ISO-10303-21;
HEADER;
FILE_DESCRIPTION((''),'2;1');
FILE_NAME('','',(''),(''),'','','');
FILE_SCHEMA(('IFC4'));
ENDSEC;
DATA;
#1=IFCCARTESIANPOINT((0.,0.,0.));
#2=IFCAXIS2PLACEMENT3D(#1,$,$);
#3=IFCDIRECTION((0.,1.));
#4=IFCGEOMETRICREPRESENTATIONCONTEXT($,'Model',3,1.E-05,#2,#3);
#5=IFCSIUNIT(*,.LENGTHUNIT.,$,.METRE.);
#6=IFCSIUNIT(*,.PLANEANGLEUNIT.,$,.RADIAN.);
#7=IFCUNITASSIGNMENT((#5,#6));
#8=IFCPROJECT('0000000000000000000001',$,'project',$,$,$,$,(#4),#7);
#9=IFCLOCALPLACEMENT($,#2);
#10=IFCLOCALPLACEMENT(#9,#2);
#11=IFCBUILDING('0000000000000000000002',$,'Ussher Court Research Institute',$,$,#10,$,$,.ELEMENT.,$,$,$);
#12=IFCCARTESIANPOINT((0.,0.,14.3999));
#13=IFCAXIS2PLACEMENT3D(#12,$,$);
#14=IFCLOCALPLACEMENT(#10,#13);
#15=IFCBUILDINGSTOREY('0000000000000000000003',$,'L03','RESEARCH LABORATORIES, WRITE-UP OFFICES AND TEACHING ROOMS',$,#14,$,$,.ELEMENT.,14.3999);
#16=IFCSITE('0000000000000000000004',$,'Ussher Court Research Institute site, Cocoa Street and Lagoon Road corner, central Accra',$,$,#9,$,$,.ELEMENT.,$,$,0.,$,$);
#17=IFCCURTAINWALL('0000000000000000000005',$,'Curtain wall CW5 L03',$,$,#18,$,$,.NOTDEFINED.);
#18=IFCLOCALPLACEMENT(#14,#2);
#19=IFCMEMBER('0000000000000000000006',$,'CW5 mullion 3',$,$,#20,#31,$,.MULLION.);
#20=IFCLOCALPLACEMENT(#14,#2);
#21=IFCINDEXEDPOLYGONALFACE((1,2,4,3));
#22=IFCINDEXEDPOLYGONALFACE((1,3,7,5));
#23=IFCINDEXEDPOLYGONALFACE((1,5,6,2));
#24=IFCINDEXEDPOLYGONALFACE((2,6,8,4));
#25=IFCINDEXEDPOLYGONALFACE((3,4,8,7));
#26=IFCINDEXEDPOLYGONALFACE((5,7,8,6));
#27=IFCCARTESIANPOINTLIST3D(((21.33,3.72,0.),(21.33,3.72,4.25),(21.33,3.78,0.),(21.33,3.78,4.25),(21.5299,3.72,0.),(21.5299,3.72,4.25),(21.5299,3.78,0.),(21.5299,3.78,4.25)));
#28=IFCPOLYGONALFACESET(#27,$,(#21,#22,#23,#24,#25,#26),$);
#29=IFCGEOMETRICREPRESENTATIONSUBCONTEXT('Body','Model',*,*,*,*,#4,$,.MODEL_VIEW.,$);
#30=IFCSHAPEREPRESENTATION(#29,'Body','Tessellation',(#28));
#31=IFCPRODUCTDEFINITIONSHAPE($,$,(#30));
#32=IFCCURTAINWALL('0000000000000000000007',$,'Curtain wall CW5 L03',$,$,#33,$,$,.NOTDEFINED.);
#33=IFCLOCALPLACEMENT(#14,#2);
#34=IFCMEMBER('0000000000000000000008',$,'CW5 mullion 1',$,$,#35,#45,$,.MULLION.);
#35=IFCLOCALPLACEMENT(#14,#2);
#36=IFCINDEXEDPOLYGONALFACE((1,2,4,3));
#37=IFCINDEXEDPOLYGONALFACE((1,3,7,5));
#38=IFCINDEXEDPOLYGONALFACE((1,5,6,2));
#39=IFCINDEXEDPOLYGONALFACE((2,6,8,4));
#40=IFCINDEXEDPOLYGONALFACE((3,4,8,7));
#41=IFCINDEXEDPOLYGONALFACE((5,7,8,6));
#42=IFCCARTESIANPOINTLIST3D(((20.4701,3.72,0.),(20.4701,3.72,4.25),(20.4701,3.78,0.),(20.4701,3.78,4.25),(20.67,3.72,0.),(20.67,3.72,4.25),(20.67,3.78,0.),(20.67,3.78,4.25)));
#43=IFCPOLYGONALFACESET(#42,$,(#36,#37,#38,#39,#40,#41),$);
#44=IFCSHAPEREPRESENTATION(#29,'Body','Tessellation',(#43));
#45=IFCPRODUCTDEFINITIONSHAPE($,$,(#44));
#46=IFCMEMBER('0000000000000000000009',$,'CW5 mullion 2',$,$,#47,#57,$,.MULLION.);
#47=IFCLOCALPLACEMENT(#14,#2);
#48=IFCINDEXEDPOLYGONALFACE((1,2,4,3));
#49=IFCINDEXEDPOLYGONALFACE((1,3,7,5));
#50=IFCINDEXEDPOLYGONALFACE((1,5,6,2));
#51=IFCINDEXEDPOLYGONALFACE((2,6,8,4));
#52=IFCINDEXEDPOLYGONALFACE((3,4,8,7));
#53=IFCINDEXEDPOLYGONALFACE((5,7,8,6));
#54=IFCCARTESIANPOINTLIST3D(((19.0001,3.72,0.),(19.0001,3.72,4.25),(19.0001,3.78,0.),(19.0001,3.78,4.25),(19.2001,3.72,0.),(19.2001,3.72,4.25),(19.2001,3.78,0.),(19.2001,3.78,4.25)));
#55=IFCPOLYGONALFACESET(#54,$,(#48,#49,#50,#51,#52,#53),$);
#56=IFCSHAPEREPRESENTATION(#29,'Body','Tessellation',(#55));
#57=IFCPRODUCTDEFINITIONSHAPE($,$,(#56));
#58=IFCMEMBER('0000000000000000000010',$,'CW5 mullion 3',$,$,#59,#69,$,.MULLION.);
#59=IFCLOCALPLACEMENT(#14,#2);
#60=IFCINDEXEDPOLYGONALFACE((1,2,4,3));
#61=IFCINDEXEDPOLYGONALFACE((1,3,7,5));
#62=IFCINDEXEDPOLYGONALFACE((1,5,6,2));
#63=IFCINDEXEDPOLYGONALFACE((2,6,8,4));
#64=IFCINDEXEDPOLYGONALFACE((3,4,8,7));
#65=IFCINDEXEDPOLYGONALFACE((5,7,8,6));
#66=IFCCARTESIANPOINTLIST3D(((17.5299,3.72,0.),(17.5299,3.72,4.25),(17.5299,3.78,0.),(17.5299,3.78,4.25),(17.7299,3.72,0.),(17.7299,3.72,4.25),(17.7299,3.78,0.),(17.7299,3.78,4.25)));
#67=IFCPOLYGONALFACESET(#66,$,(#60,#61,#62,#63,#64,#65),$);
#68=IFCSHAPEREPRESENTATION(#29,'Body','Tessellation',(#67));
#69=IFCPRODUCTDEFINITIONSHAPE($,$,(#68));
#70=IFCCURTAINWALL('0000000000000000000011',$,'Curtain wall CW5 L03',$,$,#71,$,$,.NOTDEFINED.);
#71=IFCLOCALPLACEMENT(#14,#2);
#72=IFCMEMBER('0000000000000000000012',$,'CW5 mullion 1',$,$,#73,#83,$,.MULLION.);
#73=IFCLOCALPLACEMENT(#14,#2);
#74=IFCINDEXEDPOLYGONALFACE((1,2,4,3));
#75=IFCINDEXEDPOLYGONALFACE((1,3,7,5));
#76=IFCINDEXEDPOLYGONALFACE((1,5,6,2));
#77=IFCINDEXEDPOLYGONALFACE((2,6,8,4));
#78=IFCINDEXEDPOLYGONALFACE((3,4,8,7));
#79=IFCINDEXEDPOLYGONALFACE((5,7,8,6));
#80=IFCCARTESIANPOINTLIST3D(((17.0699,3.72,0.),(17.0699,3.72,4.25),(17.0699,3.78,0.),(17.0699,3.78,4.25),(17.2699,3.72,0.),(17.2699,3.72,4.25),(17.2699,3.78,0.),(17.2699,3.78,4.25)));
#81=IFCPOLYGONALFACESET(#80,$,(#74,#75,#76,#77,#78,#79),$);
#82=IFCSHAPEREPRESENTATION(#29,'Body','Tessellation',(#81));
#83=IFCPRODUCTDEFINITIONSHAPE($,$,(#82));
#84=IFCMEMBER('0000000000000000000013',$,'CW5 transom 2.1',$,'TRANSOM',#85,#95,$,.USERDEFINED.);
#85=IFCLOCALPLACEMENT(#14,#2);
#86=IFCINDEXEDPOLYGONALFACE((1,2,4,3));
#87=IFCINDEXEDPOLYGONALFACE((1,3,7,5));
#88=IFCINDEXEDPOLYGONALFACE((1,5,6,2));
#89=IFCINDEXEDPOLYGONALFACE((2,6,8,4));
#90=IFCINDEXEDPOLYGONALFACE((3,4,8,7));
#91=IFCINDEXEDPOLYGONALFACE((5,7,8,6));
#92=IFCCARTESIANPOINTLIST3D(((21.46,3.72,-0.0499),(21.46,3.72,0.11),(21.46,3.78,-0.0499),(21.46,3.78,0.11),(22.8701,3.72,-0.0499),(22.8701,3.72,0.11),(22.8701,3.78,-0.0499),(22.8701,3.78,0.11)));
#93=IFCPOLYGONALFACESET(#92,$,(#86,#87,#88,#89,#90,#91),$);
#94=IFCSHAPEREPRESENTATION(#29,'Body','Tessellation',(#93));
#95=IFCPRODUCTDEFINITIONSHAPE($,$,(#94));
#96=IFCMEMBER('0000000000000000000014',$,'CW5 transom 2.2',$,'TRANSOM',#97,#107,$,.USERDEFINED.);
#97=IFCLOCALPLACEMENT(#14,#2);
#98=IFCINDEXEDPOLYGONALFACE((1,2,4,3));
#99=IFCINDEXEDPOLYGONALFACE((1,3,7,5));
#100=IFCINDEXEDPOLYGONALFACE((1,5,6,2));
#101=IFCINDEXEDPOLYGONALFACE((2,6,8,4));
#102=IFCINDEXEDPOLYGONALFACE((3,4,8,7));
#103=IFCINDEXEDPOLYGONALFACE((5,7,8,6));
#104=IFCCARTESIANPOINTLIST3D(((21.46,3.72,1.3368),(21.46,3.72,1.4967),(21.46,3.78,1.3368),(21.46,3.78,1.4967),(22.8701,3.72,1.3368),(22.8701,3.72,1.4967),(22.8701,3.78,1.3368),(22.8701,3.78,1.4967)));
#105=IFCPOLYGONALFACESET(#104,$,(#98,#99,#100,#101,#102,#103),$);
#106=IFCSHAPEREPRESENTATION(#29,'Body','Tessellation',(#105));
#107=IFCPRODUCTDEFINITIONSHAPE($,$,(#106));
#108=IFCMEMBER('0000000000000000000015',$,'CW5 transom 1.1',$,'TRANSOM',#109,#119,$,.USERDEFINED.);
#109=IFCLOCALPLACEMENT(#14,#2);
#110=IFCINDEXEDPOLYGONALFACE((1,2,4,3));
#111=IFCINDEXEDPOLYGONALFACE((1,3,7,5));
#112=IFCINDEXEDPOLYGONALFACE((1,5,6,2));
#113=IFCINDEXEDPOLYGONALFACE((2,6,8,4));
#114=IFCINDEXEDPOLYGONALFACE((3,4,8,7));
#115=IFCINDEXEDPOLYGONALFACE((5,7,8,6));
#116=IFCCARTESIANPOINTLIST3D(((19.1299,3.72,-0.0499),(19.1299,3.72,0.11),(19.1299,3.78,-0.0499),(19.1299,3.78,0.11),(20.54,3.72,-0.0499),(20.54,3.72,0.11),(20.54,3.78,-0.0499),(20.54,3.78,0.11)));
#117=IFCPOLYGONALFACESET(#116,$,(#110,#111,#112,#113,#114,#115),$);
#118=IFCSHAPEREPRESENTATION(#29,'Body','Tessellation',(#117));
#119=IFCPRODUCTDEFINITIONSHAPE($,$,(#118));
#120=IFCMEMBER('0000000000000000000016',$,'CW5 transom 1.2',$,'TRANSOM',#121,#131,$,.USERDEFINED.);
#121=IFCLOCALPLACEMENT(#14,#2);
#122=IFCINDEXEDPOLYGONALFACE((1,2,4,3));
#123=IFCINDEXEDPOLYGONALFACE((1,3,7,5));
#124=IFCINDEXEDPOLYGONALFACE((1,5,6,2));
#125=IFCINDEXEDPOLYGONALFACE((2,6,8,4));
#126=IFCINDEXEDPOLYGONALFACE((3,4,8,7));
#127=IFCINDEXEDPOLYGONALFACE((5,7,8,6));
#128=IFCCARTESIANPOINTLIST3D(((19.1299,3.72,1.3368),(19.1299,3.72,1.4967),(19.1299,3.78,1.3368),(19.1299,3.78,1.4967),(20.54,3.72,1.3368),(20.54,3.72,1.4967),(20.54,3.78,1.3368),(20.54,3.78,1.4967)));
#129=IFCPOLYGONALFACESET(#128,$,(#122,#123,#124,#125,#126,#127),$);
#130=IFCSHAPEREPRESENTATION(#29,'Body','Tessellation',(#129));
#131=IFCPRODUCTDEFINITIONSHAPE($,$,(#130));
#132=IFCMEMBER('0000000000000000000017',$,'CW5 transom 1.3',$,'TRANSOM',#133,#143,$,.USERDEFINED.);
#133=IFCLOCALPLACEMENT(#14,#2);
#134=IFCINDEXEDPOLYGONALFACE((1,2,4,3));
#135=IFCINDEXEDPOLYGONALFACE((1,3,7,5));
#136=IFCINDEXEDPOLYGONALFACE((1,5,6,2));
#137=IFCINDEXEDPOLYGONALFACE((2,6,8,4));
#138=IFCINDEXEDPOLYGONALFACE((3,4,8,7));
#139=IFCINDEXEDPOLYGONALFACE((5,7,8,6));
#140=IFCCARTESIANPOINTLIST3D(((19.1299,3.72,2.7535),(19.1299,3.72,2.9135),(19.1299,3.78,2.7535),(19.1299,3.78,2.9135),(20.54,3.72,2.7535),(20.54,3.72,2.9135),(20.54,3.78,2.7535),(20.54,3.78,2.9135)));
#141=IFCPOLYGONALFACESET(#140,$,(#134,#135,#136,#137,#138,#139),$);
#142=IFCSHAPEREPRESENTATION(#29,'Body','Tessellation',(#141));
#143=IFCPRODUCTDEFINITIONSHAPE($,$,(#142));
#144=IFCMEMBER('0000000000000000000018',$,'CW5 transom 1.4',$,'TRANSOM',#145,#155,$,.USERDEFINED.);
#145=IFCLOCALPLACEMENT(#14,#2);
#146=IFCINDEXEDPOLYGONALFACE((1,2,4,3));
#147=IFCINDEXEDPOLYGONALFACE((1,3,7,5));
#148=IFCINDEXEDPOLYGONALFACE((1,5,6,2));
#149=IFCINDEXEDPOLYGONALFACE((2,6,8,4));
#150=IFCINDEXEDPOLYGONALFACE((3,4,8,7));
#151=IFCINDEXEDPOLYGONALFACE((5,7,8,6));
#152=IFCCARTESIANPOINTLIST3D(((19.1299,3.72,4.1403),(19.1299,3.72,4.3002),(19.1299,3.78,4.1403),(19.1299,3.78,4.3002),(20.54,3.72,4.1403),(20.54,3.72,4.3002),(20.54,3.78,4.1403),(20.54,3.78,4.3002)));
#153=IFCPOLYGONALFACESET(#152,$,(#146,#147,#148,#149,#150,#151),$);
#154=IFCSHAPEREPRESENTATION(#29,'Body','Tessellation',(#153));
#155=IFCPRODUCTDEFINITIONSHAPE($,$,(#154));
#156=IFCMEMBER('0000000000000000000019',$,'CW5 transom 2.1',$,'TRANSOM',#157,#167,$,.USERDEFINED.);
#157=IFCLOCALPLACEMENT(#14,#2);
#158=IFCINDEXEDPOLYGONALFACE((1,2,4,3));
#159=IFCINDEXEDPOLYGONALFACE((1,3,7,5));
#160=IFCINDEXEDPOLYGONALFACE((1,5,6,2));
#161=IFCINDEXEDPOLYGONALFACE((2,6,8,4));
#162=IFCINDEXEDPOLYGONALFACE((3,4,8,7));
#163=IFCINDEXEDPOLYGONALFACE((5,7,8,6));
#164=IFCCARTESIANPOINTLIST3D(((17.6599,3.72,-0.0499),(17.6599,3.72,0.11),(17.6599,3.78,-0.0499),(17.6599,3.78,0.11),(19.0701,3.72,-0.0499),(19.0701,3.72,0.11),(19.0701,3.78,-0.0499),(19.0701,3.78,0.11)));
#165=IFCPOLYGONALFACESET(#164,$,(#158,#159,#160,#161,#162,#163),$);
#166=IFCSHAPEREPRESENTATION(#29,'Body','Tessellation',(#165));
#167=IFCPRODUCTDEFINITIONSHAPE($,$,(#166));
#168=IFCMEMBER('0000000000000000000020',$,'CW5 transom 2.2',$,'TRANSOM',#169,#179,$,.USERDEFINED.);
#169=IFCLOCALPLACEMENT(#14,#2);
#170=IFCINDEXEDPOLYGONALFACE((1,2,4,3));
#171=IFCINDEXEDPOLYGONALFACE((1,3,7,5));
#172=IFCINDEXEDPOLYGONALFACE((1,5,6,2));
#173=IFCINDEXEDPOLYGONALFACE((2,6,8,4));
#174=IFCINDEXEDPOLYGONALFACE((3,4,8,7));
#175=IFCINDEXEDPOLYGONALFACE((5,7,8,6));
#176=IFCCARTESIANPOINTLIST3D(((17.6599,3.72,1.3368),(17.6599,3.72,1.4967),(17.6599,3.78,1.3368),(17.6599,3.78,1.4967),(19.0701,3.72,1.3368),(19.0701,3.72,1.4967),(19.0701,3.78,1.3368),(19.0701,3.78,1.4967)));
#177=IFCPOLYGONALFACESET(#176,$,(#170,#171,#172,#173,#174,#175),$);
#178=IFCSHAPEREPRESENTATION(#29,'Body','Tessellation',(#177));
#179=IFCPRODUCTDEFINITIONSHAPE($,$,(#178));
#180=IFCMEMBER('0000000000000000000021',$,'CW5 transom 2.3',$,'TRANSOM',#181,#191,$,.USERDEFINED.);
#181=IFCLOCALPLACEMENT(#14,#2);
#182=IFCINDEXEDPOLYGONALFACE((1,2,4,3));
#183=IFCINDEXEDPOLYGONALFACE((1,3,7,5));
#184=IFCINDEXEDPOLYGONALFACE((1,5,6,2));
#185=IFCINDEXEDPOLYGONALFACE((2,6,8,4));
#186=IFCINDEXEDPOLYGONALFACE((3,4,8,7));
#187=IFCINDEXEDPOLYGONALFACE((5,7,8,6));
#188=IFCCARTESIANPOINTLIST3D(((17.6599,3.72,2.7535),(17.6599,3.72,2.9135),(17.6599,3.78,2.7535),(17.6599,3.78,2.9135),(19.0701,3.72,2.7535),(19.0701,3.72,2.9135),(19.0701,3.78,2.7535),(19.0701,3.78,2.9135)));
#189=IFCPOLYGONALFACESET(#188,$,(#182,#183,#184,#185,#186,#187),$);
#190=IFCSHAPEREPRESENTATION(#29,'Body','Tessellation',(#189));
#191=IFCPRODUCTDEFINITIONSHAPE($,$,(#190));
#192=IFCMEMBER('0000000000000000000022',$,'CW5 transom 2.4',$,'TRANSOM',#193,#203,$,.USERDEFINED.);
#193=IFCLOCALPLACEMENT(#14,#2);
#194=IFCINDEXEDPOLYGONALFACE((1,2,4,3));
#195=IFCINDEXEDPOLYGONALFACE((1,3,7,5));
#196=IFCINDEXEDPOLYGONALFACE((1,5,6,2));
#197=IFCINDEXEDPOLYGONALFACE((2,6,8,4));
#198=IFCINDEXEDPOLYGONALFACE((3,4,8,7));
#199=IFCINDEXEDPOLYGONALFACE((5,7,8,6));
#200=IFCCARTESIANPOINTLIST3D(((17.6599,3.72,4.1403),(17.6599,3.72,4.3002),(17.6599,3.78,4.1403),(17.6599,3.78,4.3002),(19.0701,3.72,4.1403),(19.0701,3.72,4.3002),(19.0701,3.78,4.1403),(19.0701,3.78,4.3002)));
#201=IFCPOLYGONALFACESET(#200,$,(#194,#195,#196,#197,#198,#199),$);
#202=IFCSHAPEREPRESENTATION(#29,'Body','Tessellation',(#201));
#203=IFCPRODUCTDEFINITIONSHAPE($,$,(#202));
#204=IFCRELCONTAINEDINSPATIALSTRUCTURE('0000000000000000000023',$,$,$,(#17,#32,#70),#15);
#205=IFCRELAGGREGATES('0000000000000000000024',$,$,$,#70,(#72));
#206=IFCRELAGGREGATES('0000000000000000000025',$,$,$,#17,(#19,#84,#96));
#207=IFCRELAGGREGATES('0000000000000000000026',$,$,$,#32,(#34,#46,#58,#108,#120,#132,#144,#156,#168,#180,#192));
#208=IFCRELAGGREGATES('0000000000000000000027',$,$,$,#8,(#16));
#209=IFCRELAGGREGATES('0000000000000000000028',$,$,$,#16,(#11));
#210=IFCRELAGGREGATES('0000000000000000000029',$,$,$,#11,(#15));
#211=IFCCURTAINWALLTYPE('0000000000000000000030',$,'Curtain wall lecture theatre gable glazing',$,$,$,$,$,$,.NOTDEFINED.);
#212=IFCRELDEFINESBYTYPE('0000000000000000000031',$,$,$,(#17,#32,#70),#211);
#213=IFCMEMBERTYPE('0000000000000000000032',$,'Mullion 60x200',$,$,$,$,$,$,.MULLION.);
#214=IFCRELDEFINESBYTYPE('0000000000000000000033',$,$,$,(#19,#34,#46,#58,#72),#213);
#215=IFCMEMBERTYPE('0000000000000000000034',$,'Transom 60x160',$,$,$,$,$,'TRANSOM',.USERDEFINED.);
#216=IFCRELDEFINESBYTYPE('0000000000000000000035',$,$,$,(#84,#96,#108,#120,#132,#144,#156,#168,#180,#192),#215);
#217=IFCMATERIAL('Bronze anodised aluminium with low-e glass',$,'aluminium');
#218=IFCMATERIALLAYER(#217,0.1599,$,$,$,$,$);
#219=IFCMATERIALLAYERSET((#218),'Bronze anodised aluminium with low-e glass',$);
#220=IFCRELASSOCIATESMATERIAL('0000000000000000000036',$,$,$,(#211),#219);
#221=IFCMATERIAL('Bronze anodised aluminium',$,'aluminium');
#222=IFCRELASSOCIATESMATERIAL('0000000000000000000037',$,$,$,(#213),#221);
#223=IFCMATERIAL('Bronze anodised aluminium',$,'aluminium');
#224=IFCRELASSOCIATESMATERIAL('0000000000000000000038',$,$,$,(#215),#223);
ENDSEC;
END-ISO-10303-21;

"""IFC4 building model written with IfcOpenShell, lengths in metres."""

from ifc_helpers import new_model, si_unit, direction, frame, origin, origin_2d, place, context, subcontext, project, spatial, rectangle, extrude, material, layer, layer_set, material_profile, profile_set, type_object, element, aggregate, save


model = new_model("IFC4")

# Units and contexts
model_context = context("Model", 3, precision=1e-05, world=origin(), true_north=direction((0.0, 1.0)))
body_context = subcontext(model_context, "Body", "Model", "MODEL_VIEW")
ifc_project = project(units=[si_unit("LENGTHUNIT", "METRE"), si_unit("PLANEANGLEUNIT", "RADIAN")], contexts=[model_context])

# Site, building, storey
site_placement = place(None, origin())
site = spatial("IfcSite", under=ifc_project, at=site_placement, Name="Ussher Court Research Institute site, Cocoa Street and Lagoon Road corner, central Accra", CompositionType="ELEMENT", RefElevation=0.0)
building_placement = place(site_placement, origin())
building = spatial("IfcBuilding", under=site, at=building_placement, Name="Ussher Court Research Institute", CompositionType="ELEMENT")
storey_placement = place(building_placement, frame((0.0, 0.0, 14.3999)))
storey = spatial("IfcBuildingStorey", under=building, at=storey_placement, Name="L03", Description="RESEARCH LABORATORIES, WRITE-UP OFFICES AND TEACHING ROOMS", CompositionType="ELEMENT", Elevation=14.3999)

# Curtain wall, member
ifc_material_1 = material(Name="Bronze anodised aluminium with low-e glass", Category="aluminium")
ifc_layer_1 = layer(ifc_material_1, 0.1599)
ifc_layer_set_1 = layer_set([ifc_layer_1], Name="Bronze anodised aluminium with low-e glass")
curtain_wall_type = type_object("IfcCurtainWallType", Name="Curtain wall lecture theatre gable glazing", PredefinedType="NOTDEFINED", material=ifc_layer_set_1)
curtain_wall_1_placement = place(storey_placement, origin())
curtain_wall_1 = element("IfcCurtainWall", 1, at=curtain_wall_1_placement, inside=storey, type_object=curtain_wall_type, Name="Curtain wall CW5 L03", PredefinedType="NOTDEFINED")
ifc_material_2 = material(Name="Bronze anodised aluminium", Category="aluminium")
ifc_material_profile_1 = material_profile(ifc_material_2, rectangle(XDim=0.0601, YDim=0.2, at=origin_2d()), Name="Mullion 60x200")
ifc_profile_set_1 = profile_set([ifc_material_profile_1], Name="Bronze anodised aluminium")
member_type_1 = type_object("IfcMemberType", Name="Mullion 60x200", PredefinedType="MULLION", material=ifc_profile_set_1)
member_1_placement = place(storey_placement, frame((21.4299, 3.75, 0.0), z_axis=(0.0, 0.0, 1.0), x_axis=(0.0, -1.0, 0.0)))
member_1 = element("IfcMember", 2, at=member_1_placement, type_object=member_type_1, Name="CW5 mullion 3", PredefinedType="MULLION", context=body_context, shape_type="SweptSolid", body=[
    extrude(rectangle(XDim=0.0601, YDim=0.2, at=origin_2d()), origin(), (0.0, 0.0, 1.0), 4.25),
])

# Curtain wall, members
curtain_wall_2_placement = place(storey_placement, origin())
curtain_wall_2 = element("IfcCurtainWall", 3, at=curtain_wall_2_placement, inside=storey, type_object=curtain_wall_type, Name="Curtain wall CW5 L03", PredefinedType="NOTDEFINED")
member_2_placement = place(storey_placement, frame((20.5701, 3.75, 0.0), z_axis=(0.0, 0.0, 1.0), x_axis=(0.0, -1.0, 0.0)))
member_2 = element("IfcMember", 4, at=member_2_placement, type_object=member_type_1, Name="CW5 mullion 1", PredefinedType="MULLION", context=body_context, shape_type="SweptSolid", body=[
    extrude(rectangle(XDim=0.0601, YDim=0.2, at=origin_2d()), origin(), (0.0, 0.0, 1.0), 4.25),
])
member_3_placement = place(storey_placement, frame((19.1001, 3.75, 0.0), z_axis=(0.0, 0.0, 1.0), x_axis=(0.0, -1.0, 0.0)))
member_3 = element("IfcMember", 5, at=member_3_placement, type_object=member_type_1, Name="CW5 mullion 2", PredefinedType="MULLION", context=body_context, shape_type="SweptSolid", body=[
    extrude(rectangle(XDim=0.0601, YDim=0.2, at=origin_2d()), origin(), (0.0, 0.0, 1.0), 4.25),
])
member_4_placement = place(storey_placement, frame((17.6299, 3.75, 0.0), z_axis=(0.0, 0.0, 1.0), x_axis=(0.0, -1.0, 0.0)))
member_4 = element("IfcMember", 6, at=member_4_placement, type_object=member_type_1, Name="CW5 mullion 3", PredefinedType="MULLION", context=body_context, shape_type="SweptSolid", body=[
    extrude(rectangle(XDim=0.0601, YDim=0.2, at=origin_2d()), origin(), (0.0, 0.0, 1.0), 4.25),
])

# Curtain wall, member
curtain_wall_3_placement = place(storey_placement, origin())
curtain_wall_3 = element("IfcCurtainWall", 7, at=curtain_wall_3_placement, inside=storey, type_object=curtain_wall_type, Name="Curtain wall CW5 L03", PredefinedType="NOTDEFINED")
member_5_placement = place(storey_placement, frame((17.1699, 3.75, 0.0), z_axis=(0.0, 0.0, 1.0), x_axis=(0.0, -1.0, 0.0)))
member_5 = element("IfcMember", 8, at=member_5_placement, type_object=member_type_1, Name="CW5 mullion 1", PredefinedType="MULLION", context=body_context, shape_type="SweptSolid", body=[
    extrude(rectangle(XDim=0.0601, YDim=0.2, at=origin_2d()), origin(), (0.0, 0.0, 1.0), 4.25),
])

# Members
ifc_material_3 = material(Name="Bronze anodised aluminium", Category="aluminium")
ifc_material_profile_2 = material_profile(ifc_material_3, rectangle(XDim=0.0601, YDim=0.1599, at=origin_2d()), Name="Transom 60x160")
ifc_profile_set_2 = profile_set([ifc_material_profile_2], Name="Bronze anodised aluminium")
member_type_2 = type_object("IfcMemberType", Name="Transom 60x160", ElementType="TRANSOM", PredefinedType="USERDEFINED", material=ifc_profile_set_2)
member_6_placement = place(storey_placement, frame((22.8701, 3.75, 0.03), z_axis=(-1.0, 0.0, 0.0), x_axis=(0.0, -1.0, 0.0)))
member_6 = element("IfcMember", 9, at=member_6_placement, type_object=member_type_2, Name="CW5 transom 2.1", ObjectType="TRANSOM", PredefinedType="USERDEFINED", context=body_context, shape_type="SweptSolid", body=[
    extrude(rectangle(XDim=0.0601, YDim=0.1599, at=origin_2d()), origin(), (0.0, 0.0, 1.0), 1.4102),
])
member_7_placement = place(storey_placement, frame((22.8701, 3.75, 1.4167), z_axis=(-1.0, 0.0, 0.0), x_axis=(0.0, -1.0, 0.0)))
member_7 = element("IfcMember", 10, at=member_7_placement, type_object=member_type_2, Name="CW5 transom 2.2", ObjectType="TRANSOM", PredefinedType="USERDEFINED", context=body_context, shape_type="SweptSolid", body=[
    extrude(rectangle(XDim=0.0601, YDim=0.1599, at=origin_2d()), origin(), (0.0, 0.0, 1.0), 1.4102),
])
member_8_placement = place(storey_placement, frame((20.54, 3.75, 0.03), z_axis=(-1.0, 0.0, 0.0), x_axis=(0.0, -1.0, 0.0)))
member_8 = element("IfcMember", 11, at=member_8_placement, type_object=member_type_2, Name="CW5 transom 1.1", ObjectType="TRANSOM", PredefinedType="USERDEFINED", context=body_context, shape_type="SweptSolid", body=[
    extrude(rectangle(XDim=0.0601, YDim=0.1599, at=origin_2d()), origin(), (0.0, 0.0, 1.0), 1.4102),
])
member_9_placement = place(storey_placement, frame((20.54, 3.75, 1.4167), z_axis=(-1.0, 0.0, 0.0), x_axis=(0.0, -1.0, 0.0)))
member_9 = element("IfcMember", 12, at=member_9_placement, type_object=member_type_2, Name="CW5 transom 1.2", ObjectType="TRANSOM", PredefinedType="USERDEFINED", context=body_context, shape_type="SweptSolid", body=[
    extrude(rectangle(XDim=0.0601, YDim=0.1599, at=origin_2d()), origin(), (0.0, 0.0, 1.0), 1.4102),
])
member_10_placement = place(storey_placement, frame((20.54, 3.75, 2.8335), z_axis=(-1.0, 0.0, 0.0), x_axis=(0.0, -1.0, 0.0)))
member_10 = element("IfcMember", 13, at=member_10_placement, type_object=member_type_2, Name="CW5 transom 1.3", ObjectType="TRANSOM", PredefinedType="USERDEFINED", context=body_context, shape_type="SweptSolid", body=[
    extrude(rectangle(XDim=0.0601, YDim=0.1599, at=origin_2d()), origin(), (0.0, 0.0, 1.0), 1.4102),
])
member_11_placement = place(storey_placement, frame((20.54, 3.75, 4.2202), z_axis=(-1.0, 0.0, 0.0), x_axis=(0.0, -1.0, 0.0)))
member_11 = element("IfcMember", 14, at=member_11_placement, type_object=member_type_2, Name="CW5 transom 1.4", ObjectType="TRANSOM", PredefinedType="USERDEFINED", context=body_context, shape_type="SweptSolid", body=[
    extrude(rectangle(XDim=0.0601, YDim=0.1599, at=origin_2d()), origin(), (0.0, 0.0, 1.0), 1.4102),
])
member_12_placement = place(storey_placement, frame((19.0701, 3.75, 0.03), z_axis=(-1.0, 0.0, 0.0), x_axis=(0.0, -1.0, 0.0)))
member_12 = element("IfcMember", 15, at=member_12_placement, type_object=member_type_2, Name="CW5 transom 2.1", ObjectType="TRANSOM", PredefinedType="USERDEFINED", context=body_context, shape_type="SweptSolid", body=[
    extrude(rectangle(XDim=0.0601, YDim=0.1599, at=origin_2d()), origin(), (0.0, 0.0, 1.0), 1.4102),
])
member_13_placement = place(storey_placement, frame((19.0701, 3.75, 1.4167), z_axis=(-1.0, 0.0, 0.0), x_axis=(0.0, -1.0, 0.0)))
member_13 = element("IfcMember", 16, at=member_13_placement, type_object=member_type_2, Name="CW5 transom 2.2", ObjectType="TRANSOM", PredefinedType="USERDEFINED", context=body_context, shape_type="SweptSolid", body=[
    extrude(rectangle(XDim=0.0601, YDim=0.1599, at=origin_2d()), origin(), (0.0, 0.0, 1.0), 1.4102),
])
member_14_placement = place(storey_placement, frame((19.0701, 3.75, 2.8335), z_axis=(-1.0, 0.0, 0.0), x_axis=(0.0, -1.0, 0.0)))
member_14 = element("IfcMember", 17, at=member_14_placement, type_object=member_type_2, Name="CW5 transom 2.3", ObjectType="TRANSOM", PredefinedType="USERDEFINED", context=body_context, shape_type="SweptSolid", body=[
    extrude(rectangle(XDim=0.0601, YDim=0.1599, at=origin_2d()), origin(), (0.0, 0.0, 1.0), 1.4102),
])
member_15_placement = place(storey_placement, frame((19.0701, 3.75, 4.2202), z_axis=(-1.0, 0.0, 0.0), x_axis=(0.0, -1.0, 0.0)))
member_15 = element("IfcMember", 18, at=member_15_placement, type_object=member_type_2, Name="CW5 transom 2.4", ObjectType="TRANSOM", PredefinedType="USERDEFINED", context=body_context, shape_type="SweptSolid", body=[
    extrude(rectangle(XDim=0.0601, YDim=0.1599, at=origin_2d()), origin(), (0.0, 0.0, 1.0), 1.4102),
])
aggregate(curtain_wall_3, [member_5])

aggregate(curtain_wall_1, [member_1, member_6, member_7])
aggregate(curtain_wall_2, [member_2, member_3, member_4, member_8, member_9, member_10, member_11, member_12, member_13, member_14, member_15])

save(model, "model.ifc")
